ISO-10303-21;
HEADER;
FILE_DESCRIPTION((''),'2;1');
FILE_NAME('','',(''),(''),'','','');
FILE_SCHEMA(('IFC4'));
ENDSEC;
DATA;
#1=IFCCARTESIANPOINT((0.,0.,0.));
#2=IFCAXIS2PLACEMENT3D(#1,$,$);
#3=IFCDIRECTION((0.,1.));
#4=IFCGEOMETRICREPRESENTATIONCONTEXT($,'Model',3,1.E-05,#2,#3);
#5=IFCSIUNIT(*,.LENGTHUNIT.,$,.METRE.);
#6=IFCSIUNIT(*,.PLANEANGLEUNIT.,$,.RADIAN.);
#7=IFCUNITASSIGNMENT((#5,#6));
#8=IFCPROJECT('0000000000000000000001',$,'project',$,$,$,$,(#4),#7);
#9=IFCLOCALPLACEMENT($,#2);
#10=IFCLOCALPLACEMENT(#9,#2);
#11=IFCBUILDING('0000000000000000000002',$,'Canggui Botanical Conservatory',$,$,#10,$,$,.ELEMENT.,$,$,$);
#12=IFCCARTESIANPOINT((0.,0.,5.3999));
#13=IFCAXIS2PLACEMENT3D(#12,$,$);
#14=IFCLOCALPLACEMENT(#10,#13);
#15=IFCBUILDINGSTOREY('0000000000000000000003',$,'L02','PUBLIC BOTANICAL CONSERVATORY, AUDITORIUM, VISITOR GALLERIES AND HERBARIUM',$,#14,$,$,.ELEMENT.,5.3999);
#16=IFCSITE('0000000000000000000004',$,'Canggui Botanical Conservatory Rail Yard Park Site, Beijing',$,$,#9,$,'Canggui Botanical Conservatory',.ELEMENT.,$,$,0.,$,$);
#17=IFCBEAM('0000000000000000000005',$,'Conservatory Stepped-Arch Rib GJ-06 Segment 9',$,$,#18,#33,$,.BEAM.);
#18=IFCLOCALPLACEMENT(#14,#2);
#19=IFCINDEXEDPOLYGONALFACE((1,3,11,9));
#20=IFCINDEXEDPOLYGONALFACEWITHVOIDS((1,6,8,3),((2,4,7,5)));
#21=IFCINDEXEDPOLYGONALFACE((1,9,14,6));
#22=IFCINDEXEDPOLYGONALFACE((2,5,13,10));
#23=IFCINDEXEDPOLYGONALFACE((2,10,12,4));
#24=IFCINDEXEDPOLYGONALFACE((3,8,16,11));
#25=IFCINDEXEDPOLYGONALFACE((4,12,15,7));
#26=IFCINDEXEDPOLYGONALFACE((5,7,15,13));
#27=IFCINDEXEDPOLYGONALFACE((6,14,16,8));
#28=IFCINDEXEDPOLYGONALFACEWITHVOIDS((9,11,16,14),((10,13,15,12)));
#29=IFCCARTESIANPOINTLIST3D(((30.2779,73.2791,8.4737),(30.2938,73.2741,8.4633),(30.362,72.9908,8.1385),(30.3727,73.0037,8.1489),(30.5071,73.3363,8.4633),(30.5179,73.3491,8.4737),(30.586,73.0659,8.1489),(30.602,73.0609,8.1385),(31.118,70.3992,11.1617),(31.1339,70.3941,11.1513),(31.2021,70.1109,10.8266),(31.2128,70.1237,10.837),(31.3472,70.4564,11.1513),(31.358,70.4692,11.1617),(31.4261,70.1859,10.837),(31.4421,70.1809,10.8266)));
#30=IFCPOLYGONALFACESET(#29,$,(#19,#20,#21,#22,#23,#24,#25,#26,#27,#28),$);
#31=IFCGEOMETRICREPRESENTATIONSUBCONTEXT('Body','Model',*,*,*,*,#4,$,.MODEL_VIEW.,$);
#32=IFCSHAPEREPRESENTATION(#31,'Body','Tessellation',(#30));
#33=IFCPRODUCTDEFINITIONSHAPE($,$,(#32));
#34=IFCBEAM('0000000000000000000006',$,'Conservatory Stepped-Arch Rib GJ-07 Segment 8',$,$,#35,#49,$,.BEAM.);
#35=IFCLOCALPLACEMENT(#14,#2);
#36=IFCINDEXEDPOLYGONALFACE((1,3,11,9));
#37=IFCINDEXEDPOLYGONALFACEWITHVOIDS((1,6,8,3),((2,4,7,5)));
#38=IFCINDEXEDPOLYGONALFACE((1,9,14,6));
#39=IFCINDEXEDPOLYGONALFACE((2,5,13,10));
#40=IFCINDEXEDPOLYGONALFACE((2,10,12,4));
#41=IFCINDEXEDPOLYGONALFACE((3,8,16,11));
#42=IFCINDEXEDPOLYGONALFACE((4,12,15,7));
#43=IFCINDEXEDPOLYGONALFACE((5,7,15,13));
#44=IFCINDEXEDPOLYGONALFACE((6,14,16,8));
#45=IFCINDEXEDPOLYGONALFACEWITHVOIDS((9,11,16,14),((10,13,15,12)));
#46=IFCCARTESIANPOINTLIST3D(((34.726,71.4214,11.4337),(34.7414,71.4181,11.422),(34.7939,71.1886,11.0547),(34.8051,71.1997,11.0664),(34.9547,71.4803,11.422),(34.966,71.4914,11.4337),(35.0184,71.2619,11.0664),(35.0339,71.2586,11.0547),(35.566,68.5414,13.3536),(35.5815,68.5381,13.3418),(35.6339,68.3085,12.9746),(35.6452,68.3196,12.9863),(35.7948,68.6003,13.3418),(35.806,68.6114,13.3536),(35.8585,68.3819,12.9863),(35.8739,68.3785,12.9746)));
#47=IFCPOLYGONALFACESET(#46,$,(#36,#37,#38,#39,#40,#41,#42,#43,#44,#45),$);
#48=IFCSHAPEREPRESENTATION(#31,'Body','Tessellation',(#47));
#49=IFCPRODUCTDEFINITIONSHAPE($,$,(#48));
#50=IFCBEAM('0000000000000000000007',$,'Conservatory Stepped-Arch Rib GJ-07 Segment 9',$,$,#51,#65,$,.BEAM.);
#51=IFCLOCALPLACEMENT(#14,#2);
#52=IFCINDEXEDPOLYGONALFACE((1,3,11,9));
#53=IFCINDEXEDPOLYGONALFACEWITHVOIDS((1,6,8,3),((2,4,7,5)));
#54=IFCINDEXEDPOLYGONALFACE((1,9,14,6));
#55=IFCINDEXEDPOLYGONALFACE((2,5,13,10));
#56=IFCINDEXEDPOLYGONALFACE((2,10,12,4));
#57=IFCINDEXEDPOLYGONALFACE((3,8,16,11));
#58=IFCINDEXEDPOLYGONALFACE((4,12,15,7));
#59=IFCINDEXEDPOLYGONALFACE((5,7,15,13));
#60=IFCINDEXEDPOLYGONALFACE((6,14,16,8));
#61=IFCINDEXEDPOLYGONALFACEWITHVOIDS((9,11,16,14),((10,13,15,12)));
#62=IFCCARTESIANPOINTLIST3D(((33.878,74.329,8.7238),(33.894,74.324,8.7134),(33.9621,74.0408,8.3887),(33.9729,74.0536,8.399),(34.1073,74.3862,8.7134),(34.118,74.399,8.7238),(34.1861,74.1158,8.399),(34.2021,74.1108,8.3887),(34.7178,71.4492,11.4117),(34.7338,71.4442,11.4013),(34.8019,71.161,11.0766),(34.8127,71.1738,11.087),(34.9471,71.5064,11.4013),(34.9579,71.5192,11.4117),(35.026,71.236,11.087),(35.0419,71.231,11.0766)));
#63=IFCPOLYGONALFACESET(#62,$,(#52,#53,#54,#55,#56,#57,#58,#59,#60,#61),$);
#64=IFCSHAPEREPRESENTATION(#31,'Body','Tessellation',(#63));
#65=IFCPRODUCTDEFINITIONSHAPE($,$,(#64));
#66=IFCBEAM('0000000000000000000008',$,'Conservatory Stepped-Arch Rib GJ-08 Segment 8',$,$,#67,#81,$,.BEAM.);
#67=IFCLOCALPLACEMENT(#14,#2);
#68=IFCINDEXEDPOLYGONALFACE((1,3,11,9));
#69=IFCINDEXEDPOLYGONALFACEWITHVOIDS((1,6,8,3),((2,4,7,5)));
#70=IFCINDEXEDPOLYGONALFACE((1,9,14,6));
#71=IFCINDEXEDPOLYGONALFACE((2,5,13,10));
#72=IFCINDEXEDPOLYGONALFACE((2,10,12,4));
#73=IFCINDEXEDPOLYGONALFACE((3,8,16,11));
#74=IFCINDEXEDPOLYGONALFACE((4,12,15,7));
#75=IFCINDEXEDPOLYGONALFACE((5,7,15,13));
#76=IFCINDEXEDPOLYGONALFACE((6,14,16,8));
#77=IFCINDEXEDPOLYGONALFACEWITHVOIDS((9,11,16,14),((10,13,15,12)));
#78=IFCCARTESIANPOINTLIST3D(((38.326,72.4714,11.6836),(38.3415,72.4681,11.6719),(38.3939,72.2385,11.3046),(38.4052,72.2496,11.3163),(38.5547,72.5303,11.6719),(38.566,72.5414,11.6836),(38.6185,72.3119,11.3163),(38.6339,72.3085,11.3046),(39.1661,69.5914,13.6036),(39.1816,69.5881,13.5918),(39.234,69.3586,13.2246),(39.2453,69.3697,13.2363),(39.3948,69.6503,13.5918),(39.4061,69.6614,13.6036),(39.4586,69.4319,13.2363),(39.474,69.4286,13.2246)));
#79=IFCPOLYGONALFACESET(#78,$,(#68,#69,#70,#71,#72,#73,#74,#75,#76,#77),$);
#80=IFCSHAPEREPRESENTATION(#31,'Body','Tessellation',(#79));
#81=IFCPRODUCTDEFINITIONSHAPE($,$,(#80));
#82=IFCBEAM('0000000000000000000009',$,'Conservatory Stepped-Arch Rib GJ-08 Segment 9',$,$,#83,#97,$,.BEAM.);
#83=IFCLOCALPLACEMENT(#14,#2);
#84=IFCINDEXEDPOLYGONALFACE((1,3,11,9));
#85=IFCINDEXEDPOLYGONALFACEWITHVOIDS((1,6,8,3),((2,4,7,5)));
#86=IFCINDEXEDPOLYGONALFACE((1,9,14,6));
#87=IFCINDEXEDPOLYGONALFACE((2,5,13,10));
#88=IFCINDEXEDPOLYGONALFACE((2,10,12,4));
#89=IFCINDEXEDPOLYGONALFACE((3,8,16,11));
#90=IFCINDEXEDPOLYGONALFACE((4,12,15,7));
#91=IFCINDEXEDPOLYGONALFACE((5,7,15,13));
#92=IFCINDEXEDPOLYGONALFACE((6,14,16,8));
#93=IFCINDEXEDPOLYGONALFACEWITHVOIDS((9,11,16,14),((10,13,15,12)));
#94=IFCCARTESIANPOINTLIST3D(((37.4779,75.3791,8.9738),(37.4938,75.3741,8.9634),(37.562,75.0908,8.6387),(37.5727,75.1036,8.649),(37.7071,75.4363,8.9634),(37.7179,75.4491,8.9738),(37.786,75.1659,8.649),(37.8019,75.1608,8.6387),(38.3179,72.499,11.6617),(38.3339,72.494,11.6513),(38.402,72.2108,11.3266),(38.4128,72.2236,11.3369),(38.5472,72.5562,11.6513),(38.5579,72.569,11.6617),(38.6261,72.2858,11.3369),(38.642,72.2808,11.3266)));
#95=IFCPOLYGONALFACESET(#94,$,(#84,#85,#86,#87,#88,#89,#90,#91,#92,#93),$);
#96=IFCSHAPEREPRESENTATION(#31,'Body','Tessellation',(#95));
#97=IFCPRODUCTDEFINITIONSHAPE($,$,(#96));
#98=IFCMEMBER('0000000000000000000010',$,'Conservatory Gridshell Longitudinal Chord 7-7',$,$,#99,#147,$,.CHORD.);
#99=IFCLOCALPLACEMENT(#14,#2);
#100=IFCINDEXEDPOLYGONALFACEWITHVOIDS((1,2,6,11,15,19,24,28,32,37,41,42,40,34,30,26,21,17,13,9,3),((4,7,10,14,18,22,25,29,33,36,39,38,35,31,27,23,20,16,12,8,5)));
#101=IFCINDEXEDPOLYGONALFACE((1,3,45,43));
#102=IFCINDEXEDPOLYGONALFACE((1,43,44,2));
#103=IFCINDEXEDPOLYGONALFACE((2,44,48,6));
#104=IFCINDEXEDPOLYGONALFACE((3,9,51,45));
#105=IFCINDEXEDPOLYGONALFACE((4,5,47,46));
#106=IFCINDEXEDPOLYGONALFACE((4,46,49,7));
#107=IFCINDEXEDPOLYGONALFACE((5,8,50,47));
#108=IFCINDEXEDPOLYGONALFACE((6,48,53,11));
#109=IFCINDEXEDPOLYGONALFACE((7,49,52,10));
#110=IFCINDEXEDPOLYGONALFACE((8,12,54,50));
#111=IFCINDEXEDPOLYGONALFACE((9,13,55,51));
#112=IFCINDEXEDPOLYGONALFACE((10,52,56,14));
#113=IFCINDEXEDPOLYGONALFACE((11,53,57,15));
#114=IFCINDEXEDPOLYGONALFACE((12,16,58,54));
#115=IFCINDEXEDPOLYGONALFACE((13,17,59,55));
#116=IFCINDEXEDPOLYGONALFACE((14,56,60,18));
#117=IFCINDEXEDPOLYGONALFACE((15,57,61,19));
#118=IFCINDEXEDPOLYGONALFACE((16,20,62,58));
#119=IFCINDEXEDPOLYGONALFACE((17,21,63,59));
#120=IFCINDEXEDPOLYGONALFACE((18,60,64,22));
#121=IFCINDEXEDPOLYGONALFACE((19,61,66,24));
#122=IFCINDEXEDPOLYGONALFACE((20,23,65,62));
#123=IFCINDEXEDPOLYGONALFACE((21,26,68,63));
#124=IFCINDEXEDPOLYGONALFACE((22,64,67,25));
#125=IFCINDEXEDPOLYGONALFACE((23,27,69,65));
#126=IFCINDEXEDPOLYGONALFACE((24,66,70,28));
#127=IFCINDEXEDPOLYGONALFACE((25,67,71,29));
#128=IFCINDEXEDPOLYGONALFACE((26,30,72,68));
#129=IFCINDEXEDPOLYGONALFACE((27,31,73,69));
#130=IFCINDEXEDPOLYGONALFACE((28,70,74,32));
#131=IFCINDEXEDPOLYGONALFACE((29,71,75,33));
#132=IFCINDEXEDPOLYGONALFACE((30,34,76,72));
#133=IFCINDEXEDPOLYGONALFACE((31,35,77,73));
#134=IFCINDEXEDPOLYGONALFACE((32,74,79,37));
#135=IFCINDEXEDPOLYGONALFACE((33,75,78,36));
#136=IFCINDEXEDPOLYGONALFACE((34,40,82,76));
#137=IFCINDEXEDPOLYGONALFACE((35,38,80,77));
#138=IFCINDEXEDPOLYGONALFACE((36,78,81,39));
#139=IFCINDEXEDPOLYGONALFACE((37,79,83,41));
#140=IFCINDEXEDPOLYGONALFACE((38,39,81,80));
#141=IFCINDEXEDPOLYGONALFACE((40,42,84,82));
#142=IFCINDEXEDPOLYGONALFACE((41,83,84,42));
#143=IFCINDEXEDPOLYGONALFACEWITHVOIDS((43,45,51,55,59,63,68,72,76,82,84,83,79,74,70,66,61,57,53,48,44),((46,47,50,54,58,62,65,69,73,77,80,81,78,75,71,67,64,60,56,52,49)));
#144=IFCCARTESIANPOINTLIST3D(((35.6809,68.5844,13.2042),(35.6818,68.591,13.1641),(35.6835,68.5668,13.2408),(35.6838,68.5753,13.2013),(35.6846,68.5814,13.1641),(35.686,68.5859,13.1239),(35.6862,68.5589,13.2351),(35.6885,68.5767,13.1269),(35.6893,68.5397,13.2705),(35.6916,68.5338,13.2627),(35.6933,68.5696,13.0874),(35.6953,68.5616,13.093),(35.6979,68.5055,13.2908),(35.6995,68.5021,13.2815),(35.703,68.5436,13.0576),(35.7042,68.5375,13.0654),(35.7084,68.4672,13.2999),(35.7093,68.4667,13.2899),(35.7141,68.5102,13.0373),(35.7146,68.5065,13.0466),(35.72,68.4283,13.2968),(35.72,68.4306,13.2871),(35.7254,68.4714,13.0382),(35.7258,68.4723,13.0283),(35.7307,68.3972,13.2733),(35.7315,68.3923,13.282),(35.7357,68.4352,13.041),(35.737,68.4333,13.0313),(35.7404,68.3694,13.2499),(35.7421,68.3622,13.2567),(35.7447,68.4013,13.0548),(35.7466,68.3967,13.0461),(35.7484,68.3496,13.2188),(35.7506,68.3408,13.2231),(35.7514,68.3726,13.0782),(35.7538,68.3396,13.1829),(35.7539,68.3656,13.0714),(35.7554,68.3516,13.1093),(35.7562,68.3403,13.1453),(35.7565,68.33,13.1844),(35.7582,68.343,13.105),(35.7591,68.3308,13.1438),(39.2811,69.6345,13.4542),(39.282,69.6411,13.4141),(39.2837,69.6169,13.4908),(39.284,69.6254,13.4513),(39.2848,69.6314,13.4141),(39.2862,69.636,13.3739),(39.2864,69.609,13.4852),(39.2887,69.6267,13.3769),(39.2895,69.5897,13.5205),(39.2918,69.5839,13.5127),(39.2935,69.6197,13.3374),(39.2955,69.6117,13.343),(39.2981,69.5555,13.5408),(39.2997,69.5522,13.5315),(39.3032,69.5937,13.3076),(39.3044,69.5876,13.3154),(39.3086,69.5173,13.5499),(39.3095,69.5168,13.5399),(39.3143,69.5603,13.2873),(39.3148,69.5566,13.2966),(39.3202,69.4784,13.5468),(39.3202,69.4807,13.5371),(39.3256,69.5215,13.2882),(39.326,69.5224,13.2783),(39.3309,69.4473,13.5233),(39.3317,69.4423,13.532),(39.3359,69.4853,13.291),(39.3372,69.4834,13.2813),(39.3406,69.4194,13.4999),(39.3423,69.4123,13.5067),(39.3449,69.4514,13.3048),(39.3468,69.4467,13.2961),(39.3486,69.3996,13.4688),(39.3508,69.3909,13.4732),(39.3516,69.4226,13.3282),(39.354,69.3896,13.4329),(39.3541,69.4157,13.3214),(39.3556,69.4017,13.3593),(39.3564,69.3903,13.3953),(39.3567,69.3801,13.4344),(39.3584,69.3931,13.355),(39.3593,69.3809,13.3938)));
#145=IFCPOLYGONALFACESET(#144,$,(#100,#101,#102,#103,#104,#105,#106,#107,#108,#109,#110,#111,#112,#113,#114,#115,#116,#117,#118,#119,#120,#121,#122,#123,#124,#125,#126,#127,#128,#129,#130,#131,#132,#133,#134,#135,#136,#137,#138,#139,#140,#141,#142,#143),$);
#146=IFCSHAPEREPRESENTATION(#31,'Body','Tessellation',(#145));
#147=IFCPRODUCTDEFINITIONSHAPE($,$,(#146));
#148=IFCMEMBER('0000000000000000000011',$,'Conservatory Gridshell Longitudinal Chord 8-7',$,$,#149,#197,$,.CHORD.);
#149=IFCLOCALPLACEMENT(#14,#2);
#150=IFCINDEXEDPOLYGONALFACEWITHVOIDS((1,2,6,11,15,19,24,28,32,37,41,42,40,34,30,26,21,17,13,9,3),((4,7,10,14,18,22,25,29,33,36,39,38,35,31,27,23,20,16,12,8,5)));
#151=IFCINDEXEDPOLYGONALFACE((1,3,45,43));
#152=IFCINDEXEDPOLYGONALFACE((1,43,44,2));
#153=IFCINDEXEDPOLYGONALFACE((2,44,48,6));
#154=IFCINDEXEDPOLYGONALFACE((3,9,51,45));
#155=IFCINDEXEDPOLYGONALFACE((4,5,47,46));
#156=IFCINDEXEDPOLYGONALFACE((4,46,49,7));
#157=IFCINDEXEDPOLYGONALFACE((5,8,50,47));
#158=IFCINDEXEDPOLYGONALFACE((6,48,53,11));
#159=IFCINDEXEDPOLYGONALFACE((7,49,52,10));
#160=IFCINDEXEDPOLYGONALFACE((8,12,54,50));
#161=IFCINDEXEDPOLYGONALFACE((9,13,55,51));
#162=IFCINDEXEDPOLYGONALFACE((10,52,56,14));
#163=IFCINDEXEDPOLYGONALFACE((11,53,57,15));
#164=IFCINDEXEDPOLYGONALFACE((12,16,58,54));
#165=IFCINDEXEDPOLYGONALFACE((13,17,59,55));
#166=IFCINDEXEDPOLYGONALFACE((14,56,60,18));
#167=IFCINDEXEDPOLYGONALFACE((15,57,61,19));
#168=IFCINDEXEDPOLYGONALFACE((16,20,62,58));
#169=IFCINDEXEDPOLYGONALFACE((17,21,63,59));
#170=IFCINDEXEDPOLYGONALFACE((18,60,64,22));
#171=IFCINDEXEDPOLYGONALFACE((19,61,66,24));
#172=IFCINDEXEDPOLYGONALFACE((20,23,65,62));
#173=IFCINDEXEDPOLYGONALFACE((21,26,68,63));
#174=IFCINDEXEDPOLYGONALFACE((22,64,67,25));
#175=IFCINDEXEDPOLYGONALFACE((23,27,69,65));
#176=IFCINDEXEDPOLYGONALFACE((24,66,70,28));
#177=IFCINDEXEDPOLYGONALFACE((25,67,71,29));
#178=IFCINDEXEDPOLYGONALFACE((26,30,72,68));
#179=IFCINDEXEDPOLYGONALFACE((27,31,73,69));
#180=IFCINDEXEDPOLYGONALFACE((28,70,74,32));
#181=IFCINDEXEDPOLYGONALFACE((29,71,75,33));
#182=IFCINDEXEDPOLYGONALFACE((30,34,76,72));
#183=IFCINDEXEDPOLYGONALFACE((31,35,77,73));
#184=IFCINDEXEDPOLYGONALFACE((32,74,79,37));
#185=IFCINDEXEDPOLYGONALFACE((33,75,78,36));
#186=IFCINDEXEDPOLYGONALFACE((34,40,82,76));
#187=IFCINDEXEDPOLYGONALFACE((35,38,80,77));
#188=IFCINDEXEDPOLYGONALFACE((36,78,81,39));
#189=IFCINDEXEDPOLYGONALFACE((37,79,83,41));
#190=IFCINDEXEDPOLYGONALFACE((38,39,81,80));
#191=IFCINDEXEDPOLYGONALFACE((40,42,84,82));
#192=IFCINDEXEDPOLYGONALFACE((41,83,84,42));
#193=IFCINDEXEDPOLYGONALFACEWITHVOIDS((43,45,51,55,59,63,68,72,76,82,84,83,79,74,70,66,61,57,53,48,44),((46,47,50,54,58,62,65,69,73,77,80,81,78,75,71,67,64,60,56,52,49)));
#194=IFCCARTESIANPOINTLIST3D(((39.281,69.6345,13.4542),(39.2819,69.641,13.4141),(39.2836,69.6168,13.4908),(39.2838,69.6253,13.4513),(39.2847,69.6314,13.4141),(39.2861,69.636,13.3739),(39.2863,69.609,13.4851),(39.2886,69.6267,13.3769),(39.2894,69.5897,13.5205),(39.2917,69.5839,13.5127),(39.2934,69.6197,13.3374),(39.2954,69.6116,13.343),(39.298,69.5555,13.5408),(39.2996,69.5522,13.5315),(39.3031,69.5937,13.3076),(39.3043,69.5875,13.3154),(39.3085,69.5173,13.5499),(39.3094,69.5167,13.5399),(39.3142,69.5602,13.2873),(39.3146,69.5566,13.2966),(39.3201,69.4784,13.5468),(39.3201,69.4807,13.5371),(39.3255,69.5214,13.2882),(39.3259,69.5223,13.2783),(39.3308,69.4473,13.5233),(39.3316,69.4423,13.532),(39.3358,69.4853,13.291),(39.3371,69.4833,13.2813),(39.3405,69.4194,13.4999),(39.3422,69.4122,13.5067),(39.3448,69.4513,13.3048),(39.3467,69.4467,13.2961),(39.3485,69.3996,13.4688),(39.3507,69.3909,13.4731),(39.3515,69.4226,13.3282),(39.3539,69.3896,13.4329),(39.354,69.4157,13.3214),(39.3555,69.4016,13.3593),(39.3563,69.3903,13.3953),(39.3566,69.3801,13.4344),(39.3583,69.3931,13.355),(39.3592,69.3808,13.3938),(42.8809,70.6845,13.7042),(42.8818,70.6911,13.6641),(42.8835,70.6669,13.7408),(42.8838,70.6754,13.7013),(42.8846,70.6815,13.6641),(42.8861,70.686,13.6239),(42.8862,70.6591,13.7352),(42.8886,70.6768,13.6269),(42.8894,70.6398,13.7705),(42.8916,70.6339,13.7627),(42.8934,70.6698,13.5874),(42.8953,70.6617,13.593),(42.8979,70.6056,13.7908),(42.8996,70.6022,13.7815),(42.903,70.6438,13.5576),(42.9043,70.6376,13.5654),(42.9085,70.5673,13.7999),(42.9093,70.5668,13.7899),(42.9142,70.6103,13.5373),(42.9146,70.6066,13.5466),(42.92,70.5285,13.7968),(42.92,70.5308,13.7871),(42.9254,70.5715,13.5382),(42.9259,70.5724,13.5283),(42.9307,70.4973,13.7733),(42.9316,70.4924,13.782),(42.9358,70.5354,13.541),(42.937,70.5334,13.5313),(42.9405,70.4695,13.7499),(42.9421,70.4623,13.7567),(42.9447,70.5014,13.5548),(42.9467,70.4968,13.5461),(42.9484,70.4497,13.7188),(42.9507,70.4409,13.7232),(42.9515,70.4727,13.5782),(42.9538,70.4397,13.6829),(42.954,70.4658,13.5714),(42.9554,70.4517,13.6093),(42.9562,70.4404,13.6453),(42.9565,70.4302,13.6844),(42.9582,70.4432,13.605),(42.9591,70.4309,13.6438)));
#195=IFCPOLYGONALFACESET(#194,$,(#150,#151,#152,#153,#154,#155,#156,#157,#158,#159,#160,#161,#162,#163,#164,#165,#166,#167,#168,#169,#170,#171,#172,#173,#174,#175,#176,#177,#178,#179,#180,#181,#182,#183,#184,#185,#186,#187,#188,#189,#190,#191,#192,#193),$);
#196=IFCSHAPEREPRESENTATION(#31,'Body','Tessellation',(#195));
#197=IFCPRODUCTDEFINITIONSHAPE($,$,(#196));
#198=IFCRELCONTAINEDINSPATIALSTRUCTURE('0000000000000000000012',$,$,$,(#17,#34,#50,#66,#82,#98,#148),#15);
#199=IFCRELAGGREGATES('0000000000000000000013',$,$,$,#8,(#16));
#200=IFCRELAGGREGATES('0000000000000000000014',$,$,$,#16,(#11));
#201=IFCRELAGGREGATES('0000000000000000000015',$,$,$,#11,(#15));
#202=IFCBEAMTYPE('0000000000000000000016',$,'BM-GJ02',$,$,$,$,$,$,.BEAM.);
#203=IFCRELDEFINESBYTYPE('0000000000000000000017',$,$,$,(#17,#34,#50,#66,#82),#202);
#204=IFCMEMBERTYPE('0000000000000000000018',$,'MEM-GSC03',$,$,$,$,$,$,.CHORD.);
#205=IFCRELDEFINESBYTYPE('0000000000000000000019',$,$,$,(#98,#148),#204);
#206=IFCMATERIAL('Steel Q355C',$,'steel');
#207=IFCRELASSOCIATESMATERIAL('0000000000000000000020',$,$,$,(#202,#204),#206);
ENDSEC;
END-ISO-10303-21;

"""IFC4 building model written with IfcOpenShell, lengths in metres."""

from ifc_helpers import new_model, si_unit, direction, frame, origin, origin_2d, place, context, subcontext, project, spatial, hollow_rectangle, hollow_circle, extrude, material, material_profile, profile_set, type_object, element, save


model = new_model("IFC4")

# Units and contexts
model_context = context("Model", 3, precision=1e-05, world=origin(), true_north=direction((0.0, 1.0)))
body_context = subcontext(model_context, "Body", "Model", "MODEL_VIEW")
ifc_project = project(units=[si_unit("LENGTHUNIT", "METRE"), si_unit("PLANEANGLEUNIT", "RADIAN")], contexts=[model_context])

# Site, building, storey
site_placement = place(None, origin())
site = spatial("IfcSite", under=ifc_project, at=site_placement, Name="Canggui Botanical Conservatory Rail Yard Park Site, Beijing", LongName="Canggui Botanical Conservatory", CompositionType="ELEMENT", RefElevation=0.0)
building_placement = place(site_placement, origin())
building = spatial("IfcBuilding", under=site, at=building_placement, Name="Canggui Botanical Conservatory", CompositionType="ELEMENT")
storey_placement = place(building_placement, frame((0.0, 0.0, 5.3999)))
storey = spatial("IfcBuildingStorey", under=building, at=storey_placement, Name="L02", Description="PUBLIC BOTANICAL CONSERVATORY, AUDITORIUM, VISITOR GALLERIES AND HERBARIUM", CompositionType="ELEMENT", Elevation=5.3999)

# Beams
ifc_material_1 = material(Name="Steel Q355C", Category="steel")
ifc_material_profile_1 = material_profile(ifc_material_1, hollow_rectangle(XDim=0.25, YDim=0.45, WallThickness=0.0139, at=origin_2d()), Name="RHS 250x450x14")
ifc_profile_set_1 = profile_set([ifc_material_profile_1], Name="Steel Q355C")
beam_type = type_object("IfcBeamType", Name="BM-GJ02", PredefinedType="BEAM", material=ifc_profile_set_1)
beam_1_placement = place(storey_placement, frame((31.28, 70.29, 10.9941), z_axis=(-0.208562, 0.714967, -0.667326), x_axis=(-0.959989, -0.280038, 0.0)))
element("IfcBeam", 1, at=beam_1_placement, inside=storey, type_object=beam_type, Name="Conservatory Stepped-Arch Rib GJ-06 Segment 9", PredefinedType="BEAM", context=body_context, shape_type="SweptSolid", body=[
    extrude(hollow_rectangle(XDim=0.25, YDim=0.45, WallThickness=0.0139, at=origin_2d()), origin(), (0.0, 0.0, 1.0), 4.0281),
])
beam_2_placement = place(storey_placement, frame((35.72, 68.46, 13.1641), z_axis=(-0.235855, 0.808598, -0.539019), x_axis=(-0.959995, -0.280016, 0.0)))
element("IfcBeam", 2, at=beam_2_placement, inside=storey, type_object=beam_type, Name="Conservatory Stepped-Arch Rib GJ-07 Segment 8", PredefinedType="BEAM", context=body_context, shape_type="SweptSolid", body=[
    extrude(hollow_rectangle(XDim=0.25, YDim=0.45, WallThickness=0.0139, at=origin_2d()), origin(), (0.0, 0.0, 1.0), 3.5618),
])
beam_3_placement = place(storey_placement, frame((34.8799, 71.3401, 11.2441), z_axis=(-0.208504, 0.714976, -0.667335), x_axis=(-0.960011, -0.279962, 0.0)))
element("IfcBeam", 3, at=beam_3_placement, inside=storey, type_object=beam_type, Name="Conservatory Stepped-Arch Rib GJ-07 Segment 9", PredefinedType="BEAM", context=body_context, shape_type="SweptSolid", body=[
    extrude(hollow_rectangle(XDim=0.25, YDim=0.45, WallThickness=0.0139, at=origin_2d()), origin(), (0.0, 0.0, 1.0), 4.0278),
])
beam_4_placement = place(storey_placement, frame((39.3201, 69.51, 13.4141), z_axis=(-0.235868, 0.808574, -0.539049), x_axis=(-0.959989, -0.280038, 0.0)))
element("IfcBeam", 4, at=beam_4_placement, inside=storey, type_object=beam_type, Name="Conservatory Stepped-Arch Rib GJ-08 Segment 8", PredefinedType="BEAM", context=body_context, shape_type="SweptSolid", body=[
    extrude(hollow_rectangle(XDim=0.25, YDim=0.45, WallThickness=0.0139, at=origin_2d()), origin(), (0.0, 0.0, 1.0), 3.5618),
])
beam_5_placement = place(storey_placement, frame((38.48, 72.3899, 11.4941), z_axis=(-0.208553, 0.714996, -0.667297), x_axis=(-0.959995, -0.280016, 0.0)))
element("IfcBeam", 5, at=beam_5_placement, inside=storey, type_object=beam_type, Name="Conservatory Stepped-Arch Rib GJ-08 Segment 9", PredefinedType="BEAM", context=body_context, shape_type="SweptSolid", body=[
    extrude(hollow_rectangle(XDim=0.25, YDim=0.45, WallThickness=0.0139, at=origin_2d()), origin(), (0.0, 0.0, 1.0), 4.0281),
])

# Members
ifc_material_profile_2 = material_profile(ifc_material_1, hollow_circle(Radius=0.1365, WallThickness=0.01, at=origin_2d()), Name="CHS 273x10")
ifc_profile_set_2 = profile_set([ifc_material_profile_2], Name="Steel Q355C")
member_type_1 = type_object("IfcMemberType", Name="MEM-GSC03", PredefinedType="CHORD", material=ifc_profile_set_2)
member_1_placement = place(storey_placement, frame((35.72, 68.46, 13.1641), z_axis=(0.957872, 0.279385, 0.066517), x_axis=(-0.280005, 0.959999, 0.0)))
element("IfcMember", 6, at=member_1_placement, inside=storey, type_object=member_type_1, Name="Conservatory Gridshell Longitudinal Chord 7-7", PredefinedType="CHORD", context=body_context, shape_type="SweptSolid", body=[
    extrude(hollow_circle(Radius=0.1365, WallThickness=0.01, at=origin_2d()), origin(), (0.0, 0.0, 1.0), 3.7585),
])
member_2_placement = place(storey_placement, frame((39.3201, 69.51, 13.4141), z_axis=(0.957867, 0.279402, 0.066521), x_axis=(-0.280023, 0.959993, 0.0)))
element("IfcMember", 7, at=member_2_placement, inside=storey, type_object=member_type_1, Name="Conservatory Gridshell Longitudinal Chord 8-7", PredefinedType="CHORD", context=body_context, shape_type="SweptSolid", body=[
    extrude(hollow_circle(Radius=0.1365, WallThickness=0.01, at=origin_2d()), origin(), (0.0, 0.0, 1.0), 3.7583),
])

save(model, "model.ifc")
